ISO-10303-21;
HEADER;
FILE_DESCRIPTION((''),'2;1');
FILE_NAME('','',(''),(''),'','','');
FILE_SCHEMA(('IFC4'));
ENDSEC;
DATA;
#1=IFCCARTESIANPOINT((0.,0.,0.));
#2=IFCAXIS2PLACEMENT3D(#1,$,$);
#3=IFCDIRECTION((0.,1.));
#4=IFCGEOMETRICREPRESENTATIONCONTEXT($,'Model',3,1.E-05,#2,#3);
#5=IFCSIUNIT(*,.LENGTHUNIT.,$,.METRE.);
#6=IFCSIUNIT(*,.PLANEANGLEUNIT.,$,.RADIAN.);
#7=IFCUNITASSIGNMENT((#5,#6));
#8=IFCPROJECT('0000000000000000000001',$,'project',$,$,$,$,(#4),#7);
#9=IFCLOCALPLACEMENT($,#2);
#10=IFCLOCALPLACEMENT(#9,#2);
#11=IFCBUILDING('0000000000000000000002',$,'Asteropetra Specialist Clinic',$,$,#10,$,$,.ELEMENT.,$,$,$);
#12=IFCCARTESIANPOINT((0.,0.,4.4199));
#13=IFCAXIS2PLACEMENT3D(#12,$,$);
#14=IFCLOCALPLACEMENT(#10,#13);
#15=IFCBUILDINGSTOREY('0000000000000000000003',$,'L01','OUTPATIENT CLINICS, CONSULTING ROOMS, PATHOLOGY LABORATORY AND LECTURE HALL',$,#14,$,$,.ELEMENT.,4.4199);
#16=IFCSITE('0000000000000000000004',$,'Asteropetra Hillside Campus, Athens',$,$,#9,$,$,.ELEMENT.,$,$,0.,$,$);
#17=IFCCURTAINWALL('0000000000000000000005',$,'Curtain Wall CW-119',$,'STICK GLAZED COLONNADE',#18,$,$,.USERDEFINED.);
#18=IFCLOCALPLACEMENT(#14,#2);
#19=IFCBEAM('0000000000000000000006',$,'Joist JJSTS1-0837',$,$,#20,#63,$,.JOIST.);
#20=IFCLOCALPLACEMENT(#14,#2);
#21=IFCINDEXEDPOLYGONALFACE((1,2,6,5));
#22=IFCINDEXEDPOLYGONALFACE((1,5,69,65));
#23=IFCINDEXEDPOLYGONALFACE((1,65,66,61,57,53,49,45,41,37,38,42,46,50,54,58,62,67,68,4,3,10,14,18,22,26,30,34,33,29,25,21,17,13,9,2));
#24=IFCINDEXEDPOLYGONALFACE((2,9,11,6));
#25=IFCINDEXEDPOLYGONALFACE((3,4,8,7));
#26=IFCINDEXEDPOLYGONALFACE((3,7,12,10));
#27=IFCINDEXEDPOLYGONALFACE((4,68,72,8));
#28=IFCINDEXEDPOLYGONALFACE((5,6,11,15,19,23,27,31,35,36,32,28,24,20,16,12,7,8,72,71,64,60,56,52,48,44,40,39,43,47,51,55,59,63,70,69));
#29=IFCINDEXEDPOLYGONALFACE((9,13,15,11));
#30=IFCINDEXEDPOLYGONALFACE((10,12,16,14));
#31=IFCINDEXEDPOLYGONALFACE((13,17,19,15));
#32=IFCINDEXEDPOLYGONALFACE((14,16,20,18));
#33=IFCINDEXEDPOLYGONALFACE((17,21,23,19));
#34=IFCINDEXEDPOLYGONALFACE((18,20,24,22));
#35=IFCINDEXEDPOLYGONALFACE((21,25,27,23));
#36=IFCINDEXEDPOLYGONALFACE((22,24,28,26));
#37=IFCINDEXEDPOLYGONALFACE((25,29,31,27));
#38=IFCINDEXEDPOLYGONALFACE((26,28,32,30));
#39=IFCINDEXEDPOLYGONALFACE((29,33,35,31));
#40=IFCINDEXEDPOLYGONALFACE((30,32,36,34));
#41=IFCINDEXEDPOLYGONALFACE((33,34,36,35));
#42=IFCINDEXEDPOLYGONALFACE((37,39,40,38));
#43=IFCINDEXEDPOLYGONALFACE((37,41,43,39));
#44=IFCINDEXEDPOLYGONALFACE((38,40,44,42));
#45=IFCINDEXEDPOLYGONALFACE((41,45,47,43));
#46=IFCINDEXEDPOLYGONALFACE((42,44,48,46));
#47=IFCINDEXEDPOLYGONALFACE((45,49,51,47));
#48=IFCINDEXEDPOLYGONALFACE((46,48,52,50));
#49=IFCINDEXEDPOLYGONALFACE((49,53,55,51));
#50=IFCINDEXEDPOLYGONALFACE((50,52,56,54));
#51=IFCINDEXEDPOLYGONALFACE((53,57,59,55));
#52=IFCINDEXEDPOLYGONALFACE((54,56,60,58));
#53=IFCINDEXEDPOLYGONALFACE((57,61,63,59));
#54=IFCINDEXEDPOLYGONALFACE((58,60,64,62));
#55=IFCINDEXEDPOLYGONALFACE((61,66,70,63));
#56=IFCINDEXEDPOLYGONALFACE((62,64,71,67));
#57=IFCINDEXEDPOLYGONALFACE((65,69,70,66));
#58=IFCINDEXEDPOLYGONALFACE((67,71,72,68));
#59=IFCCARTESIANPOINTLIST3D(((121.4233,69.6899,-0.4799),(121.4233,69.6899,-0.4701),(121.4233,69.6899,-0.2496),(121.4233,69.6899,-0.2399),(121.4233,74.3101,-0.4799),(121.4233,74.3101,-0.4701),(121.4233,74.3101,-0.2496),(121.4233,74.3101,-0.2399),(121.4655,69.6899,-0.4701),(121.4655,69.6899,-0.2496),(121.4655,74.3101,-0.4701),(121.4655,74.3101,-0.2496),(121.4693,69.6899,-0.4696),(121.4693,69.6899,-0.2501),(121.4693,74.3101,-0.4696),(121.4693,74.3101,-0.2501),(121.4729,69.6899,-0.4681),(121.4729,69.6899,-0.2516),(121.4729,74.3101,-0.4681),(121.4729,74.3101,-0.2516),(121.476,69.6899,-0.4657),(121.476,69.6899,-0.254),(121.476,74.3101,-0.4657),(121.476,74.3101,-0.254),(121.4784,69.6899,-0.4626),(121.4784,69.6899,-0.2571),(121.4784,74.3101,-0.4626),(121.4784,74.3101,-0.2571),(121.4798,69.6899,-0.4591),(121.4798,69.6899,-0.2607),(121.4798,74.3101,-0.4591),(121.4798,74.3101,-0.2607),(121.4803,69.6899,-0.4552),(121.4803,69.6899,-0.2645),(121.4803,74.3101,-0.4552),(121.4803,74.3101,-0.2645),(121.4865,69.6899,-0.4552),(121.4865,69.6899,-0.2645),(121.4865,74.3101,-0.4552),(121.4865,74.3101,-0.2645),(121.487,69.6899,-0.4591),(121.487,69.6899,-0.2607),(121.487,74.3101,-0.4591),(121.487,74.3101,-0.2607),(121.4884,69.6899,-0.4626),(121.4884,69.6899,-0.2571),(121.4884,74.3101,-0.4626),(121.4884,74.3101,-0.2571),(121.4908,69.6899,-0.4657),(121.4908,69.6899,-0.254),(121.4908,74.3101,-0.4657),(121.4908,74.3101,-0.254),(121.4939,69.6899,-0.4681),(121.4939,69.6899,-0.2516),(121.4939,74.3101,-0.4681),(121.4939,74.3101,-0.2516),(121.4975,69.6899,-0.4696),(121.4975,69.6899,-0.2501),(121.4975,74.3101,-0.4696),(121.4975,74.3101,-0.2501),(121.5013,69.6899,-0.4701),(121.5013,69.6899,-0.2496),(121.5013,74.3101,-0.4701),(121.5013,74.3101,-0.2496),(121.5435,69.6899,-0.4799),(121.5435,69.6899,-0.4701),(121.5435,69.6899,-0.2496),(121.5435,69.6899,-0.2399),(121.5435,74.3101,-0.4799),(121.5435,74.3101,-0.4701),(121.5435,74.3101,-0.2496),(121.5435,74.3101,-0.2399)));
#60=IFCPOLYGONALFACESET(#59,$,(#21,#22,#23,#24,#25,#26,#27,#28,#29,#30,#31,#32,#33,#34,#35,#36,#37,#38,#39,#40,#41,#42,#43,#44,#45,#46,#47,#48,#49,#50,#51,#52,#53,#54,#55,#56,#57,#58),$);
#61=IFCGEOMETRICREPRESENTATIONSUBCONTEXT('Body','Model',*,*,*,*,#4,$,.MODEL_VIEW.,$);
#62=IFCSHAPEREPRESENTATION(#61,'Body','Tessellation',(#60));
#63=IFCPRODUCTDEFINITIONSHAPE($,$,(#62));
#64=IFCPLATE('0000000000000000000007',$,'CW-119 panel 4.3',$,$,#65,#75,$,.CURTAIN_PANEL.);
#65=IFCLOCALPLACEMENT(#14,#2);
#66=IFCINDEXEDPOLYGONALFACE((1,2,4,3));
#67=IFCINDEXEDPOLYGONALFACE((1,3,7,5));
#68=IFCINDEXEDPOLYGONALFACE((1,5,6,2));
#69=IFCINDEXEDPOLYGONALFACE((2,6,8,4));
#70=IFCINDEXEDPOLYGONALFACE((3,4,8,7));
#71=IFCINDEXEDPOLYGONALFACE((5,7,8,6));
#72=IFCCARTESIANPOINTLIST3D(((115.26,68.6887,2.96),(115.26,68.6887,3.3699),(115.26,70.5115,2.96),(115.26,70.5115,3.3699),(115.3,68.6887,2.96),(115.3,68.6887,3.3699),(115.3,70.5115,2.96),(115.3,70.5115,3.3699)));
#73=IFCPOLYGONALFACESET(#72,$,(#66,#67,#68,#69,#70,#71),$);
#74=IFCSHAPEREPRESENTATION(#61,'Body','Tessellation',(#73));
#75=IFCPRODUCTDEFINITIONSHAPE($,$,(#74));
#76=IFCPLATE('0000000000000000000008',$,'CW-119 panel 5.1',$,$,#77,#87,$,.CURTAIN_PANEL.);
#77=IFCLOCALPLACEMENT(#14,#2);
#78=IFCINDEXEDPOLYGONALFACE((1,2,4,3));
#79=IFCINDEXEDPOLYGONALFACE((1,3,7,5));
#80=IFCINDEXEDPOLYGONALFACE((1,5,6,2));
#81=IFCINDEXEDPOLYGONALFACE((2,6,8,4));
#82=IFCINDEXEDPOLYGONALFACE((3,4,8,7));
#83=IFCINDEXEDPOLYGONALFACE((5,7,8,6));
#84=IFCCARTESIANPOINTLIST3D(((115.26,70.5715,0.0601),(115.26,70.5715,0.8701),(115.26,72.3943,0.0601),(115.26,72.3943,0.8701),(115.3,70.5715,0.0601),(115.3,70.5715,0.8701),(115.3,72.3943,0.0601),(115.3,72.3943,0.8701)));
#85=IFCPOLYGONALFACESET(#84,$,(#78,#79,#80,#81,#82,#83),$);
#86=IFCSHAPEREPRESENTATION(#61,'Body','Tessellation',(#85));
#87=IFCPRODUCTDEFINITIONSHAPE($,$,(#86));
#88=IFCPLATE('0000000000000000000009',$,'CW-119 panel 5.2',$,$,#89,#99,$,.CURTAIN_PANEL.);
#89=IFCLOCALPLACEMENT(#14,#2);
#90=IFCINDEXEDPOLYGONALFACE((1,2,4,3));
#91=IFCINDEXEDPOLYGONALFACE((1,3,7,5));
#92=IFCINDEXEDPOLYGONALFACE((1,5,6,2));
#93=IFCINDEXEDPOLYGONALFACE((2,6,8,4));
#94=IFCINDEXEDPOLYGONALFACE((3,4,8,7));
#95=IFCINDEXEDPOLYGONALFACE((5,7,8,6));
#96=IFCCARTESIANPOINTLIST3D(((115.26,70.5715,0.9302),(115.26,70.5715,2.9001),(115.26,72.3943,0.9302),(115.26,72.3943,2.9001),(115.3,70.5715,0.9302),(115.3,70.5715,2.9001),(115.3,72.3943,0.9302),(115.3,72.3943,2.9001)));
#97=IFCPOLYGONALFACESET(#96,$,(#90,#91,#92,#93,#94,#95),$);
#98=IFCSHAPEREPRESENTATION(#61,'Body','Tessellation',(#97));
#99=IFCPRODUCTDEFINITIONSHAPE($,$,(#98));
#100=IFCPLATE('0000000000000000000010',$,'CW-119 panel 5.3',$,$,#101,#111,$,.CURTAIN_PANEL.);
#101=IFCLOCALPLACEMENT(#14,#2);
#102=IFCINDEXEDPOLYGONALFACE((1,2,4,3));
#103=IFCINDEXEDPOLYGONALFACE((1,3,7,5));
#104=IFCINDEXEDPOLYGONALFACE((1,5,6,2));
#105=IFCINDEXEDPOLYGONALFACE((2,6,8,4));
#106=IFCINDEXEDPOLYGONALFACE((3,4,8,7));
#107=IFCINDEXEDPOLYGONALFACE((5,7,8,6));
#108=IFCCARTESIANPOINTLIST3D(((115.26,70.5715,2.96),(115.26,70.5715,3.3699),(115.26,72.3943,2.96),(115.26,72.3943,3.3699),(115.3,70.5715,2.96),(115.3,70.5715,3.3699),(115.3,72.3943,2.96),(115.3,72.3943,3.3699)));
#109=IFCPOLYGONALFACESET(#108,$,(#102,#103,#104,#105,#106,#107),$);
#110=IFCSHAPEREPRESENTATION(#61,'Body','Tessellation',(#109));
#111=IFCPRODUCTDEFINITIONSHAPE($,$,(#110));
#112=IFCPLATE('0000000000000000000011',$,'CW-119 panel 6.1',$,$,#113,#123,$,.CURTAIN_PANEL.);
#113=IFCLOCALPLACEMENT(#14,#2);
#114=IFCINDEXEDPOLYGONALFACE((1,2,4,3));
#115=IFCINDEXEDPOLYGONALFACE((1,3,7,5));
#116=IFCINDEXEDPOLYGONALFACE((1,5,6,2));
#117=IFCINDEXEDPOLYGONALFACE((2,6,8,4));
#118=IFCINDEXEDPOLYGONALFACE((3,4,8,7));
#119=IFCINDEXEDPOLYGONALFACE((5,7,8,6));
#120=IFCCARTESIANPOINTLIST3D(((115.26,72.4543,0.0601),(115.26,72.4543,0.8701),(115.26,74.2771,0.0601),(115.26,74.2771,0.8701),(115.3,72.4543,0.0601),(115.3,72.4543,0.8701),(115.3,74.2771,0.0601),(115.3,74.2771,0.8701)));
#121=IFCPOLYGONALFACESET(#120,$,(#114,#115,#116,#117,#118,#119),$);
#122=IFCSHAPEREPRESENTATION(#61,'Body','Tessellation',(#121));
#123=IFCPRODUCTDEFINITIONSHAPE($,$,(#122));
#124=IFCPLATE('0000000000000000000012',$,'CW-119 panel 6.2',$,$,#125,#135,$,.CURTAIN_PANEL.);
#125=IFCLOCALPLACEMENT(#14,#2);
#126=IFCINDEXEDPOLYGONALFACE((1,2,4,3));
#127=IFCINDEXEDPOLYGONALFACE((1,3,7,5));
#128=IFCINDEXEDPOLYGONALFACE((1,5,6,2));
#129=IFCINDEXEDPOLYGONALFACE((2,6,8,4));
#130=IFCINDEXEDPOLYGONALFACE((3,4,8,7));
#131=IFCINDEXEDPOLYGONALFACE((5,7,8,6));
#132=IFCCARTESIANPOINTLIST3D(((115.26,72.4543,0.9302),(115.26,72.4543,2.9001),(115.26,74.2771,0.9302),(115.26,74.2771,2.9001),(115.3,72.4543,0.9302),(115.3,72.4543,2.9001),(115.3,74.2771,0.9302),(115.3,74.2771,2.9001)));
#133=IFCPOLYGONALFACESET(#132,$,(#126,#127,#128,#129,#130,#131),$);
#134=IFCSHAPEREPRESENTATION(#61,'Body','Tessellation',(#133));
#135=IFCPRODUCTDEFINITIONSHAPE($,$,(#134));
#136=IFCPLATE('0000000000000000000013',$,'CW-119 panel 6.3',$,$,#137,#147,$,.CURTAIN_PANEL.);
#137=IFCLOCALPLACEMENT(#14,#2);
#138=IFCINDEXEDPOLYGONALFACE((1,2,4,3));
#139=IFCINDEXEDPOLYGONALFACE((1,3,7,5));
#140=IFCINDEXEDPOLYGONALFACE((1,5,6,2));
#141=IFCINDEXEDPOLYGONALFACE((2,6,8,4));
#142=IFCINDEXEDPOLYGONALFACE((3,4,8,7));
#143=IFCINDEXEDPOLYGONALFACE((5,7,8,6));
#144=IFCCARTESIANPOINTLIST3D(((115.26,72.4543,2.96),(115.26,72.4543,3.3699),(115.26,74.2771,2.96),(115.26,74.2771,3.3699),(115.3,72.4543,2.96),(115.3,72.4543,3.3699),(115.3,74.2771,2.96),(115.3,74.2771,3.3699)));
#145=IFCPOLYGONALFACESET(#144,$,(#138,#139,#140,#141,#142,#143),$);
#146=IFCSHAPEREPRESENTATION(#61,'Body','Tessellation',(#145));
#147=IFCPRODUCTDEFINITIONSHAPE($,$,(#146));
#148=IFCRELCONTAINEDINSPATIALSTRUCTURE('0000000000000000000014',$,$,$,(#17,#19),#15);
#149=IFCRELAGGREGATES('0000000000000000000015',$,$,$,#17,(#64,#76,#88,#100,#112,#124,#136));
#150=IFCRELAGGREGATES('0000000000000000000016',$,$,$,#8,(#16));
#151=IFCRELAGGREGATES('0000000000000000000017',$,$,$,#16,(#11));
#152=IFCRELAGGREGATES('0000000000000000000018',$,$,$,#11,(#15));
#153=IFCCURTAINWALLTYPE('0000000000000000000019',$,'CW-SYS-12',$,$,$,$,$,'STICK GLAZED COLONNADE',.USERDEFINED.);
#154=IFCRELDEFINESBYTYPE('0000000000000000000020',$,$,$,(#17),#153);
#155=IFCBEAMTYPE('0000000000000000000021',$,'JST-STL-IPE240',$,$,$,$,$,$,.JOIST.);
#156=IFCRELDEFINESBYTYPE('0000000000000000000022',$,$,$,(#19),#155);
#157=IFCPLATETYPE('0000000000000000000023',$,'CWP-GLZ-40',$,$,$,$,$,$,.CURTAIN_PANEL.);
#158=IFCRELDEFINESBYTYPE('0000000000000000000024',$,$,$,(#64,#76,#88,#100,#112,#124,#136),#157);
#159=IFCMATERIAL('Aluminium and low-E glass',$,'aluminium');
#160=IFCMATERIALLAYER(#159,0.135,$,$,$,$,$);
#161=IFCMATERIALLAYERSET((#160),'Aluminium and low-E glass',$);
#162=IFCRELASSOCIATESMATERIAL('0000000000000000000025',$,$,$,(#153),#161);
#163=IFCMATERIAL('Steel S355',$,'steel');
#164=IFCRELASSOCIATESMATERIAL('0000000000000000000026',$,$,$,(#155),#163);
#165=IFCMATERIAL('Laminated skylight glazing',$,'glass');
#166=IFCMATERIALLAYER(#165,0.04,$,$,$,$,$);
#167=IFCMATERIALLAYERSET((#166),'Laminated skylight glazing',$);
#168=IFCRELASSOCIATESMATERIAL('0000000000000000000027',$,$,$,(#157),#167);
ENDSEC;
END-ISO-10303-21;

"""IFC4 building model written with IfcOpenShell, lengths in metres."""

from ifc_helpers import new_model, si_unit, direction, frame, origin, origin_2d, place, context, subcontext, project, spatial, rectangle, i_section, extrude, material, layer, layer_set, material_profile, profile_set, type_object, element, aggregate, save


model = new_model("IFC4")

# Units and contexts
model_context = context("Model", 3, precision=1e-05, world=origin(), true_north=direction((0.0, 1.0)))
body_context = subcontext(model_context, "Body", "Model", "MODEL_VIEW")
ifc_project = project(units=[si_unit("LENGTHUNIT", "METRE"), si_unit("PLANEANGLEUNIT", "RADIAN")], contexts=[model_context])

# Site, building, storey
site_placement = place(None, origin())
site = spatial("IfcSite", under=ifc_project, at=site_placement, Name="Asteropetra Hillside Campus, Athens", CompositionType="ELEMENT", RefElevation=0.0)
building_placement = place(site_placement, origin())
building = spatial("IfcBuilding", under=site, at=building_placement, Name="Asteropetra Specialist Clinic", CompositionType="ELEMENT")
storey_placement = place(building_placement, frame((0.0, 0.0, 4.4199)))
storey = spatial("IfcBuildingStorey", under=building, at=storey_placement, Name="L01", Description="OUTPATIENT CLINICS, CONSULTING ROOMS, PATHOLOGY LABORATORY AND LECTURE HALL", CompositionType="ELEMENT", Elevation=4.4199)

# Curtain wall
ifc_material_1 = material(Name="Aluminium and low-E glass", Category="aluminium")
ifc_layer_1 = layer(ifc_material_1, 0.135)
ifc_layer_set_1 = layer_set([ifc_layer_1], Name="Aluminium and low-E glass")
curtain_wall_type = type_object("IfcCurtainWallType", Name="CW-SYS-12", ElementType="STICK GLAZED COLONNADE", PredefinedType="USERDEFINED", material=ifc_layer_set_1)
curtain_wall_placement = place(storey_placement, origin())
curtain_wall = element("IfcCurtainWall", 1, at=curtain_wall_placement, inside=storey, type_object=curtain_wall_type, Name="Curtain Wall CW-119", ObjectType="STICK GLAZED COLONNADE", PredefinedType="USERDEFINED")

# Beam
ifc_material_2 = material(Name="Steel S355", Category="steel")
ifc_material_profile_1 = material_profile(ifc_material_2, i_section(OverallWidth=0.1201, OverallDepth=0.24, WebThickness=0.0061, FlangeThickness=0.0098, FilletRadius=0.0149, at=origin_2d()), Name="IPE 240")
ifc_profile_set_1 = profile_set([ifc_material_profile_1], Name="Steel S355")
beam_type_1 = type_object("IfcBeamType", Name="JST-STL-IPE240", PredefinedType="JOIST", material=ifc_profile_set_1)
for number, where, z_axis, x_axis, name in (
    (2, (121.4834, 69.6899, -0.3599), (0.0, 1.0, 0.0), (-1.0, 0.0, 0.0), "Joist JJSTS1-0837"),
):
    element("IfcBeam", number, at=place(storey_placement, frame(where, z_axis=z_axis, x_axis=x_axis)), inside=storey, type_object=beam_type_1, Name=name, PredefinedType="JOIST", context=body_context, shape_type="SweptSolid", body=[
        extrude(i_section(OverallWidth=0.1201, OverallDepth=0.24, WebThickness=0.0061, FlangeThickness=0.0098, FilletRadius=0.0149, at=origin_2d()), origin(), (0.0, 0.0, 1.0), 4.6201),
    ])

# Plates
ifc_material_3 = material(Name="Laminated skylight glazing", Category="glass")
ifc_layer_2 = layer(ifc_material_3, 0.04)
ifc_layer_set_2 = layer_set([ifc_layer_2], Name="Laminated skylight glazing")
plate_type = type_object("IfcPlateType", Name="CWP-GLZ-40", PredefinedType="CURTAIN_PANEL", material=ifc_layer_set_2)
plate_1_placement = place(storey_placement, frame((115.28, 69.6001, 2.96), z_axis=(0.0, 0.0, 1.0), x_axis=(0.0, 1.0, 0.0)))
plate_1 = element("IfcPlate", 3, at=plate_1_placement, type_object=plate_type, Name="CW-119 panel 4.3", PredefinedType="CURTAIN_PANEL", context=body_context, shape_type="SweptSolid", body=[
    extrude(rectangle(XDim=1.8228, YDim=0.04, at=origin_2d()), origin(), (0.0, 0.0, 1.0), 0.4099),
])
plate_2_placement = place(storey_placement, frame((115.28, 71.4829, 0.0601), z_axis=(0.0, 0.0, 1.0), x_axis=(0.0, 1.0, 0.0)))
plate_2 = element("IfcPlate", 4, at=plate_2_placement, type_object=plate_type, Name="CW-119 panel 5.1", PredefinedType="CURTAIN_PANEL", context=body_context, shape_type="SweptSolid", body=[
    extrude(rectangle(XDim=1.8228, YDim=0.04, at=origin_2d()), origin(), (0.0, 0.0, 1.0), 0.8101),
])
plate_3_placement = place(storey_placement, frame((115.28, 71.4829, 0.9302), z_axis=(0.0, 0.0, 1.0), x_axis=(0.0, 1.0, 0.0)))
plate_3 = element("IfcPlate", 5, at=plate_3_placement, type_object=plate_type, Name="CW-119 panel 5.2", PredefinedType="CURTAIN_PANEL", context=body_context, shape_type="SweptSolid", body=[
    extrude(rectangle(XDim=1.8228, YDim=0.04, at=origin_2d()), origin(), (0.0, 0.0, 1.0), 1.97),
])
plate_4_placement = place(storey_placement, frame((115.28, 71.4829, 2.96), z_axis=(0.0, 0.0, 1.0), x_axis=(0.0, 1.0, 0.0)))
plate_4 = element("IfcPlate", 6, at=plate_4_placement, type_object=plate_type, Name="CW-119 panel 5.3", PredefinedType="CURTAIN_PANEL", context=body_context, shape_type="SweptSolid", body=[
    extrude(rectangle(XDim=1.8228, YDim=0.04, at=origin_2d()), origin(), (0.0, 0.0, 1.0), 0.4099),
])
plate_5_placement = place(storey_placement, frame((115.28, 73.3657, 0.0601), z_axis=(0.0, 0.0, 1.0), x_axis=(0.0, 1.0, 0.0)))
plate_5 = element("IfcPlate", 7, at=plate_5_placement, type_object=plate_type, Name="CW-119 panel 6.1", PredefinedType="CURTAIN_PANEL", context=body_context, shape_type="SweptSolid", body=[
    extrude(rectangle(XDim=1.8228, YDim=0.04, at=origin_2d()), origin(), (0.0, 0.0, 1.0), 0.8101),
])
plate_6_placement = place(storey_placement, frame((115.28, 73.3657, 0.9302), z_axis=(0.0, 0.0, 1.0), x_axis=(0.0, 1.0, 0.0)))
plate_6 = element("IfcPlate", 8, at=plate_6_placement, type_object=plate_type, Name="CW-119 panel 6.2", PredefinedType="CURTAIN_PANEL", context=body_context, shape_type="SweptSolid", body=[
    extrude(rectangle(XDim=1.8228, YDim=0.04, at=origin_2d()), origin(), (0.0, 0.0, 1.0), 1.97),
])
plate_7_placement = place(storey_placement, frame((115.28, 73.3657, 2.96), z_axis=(0.0, 0.0, 1.0), x_axis=(0.0, 1.0, 0.0)))
plate_7 = element("IfcPlate", 9, at=plate_7_placement, type_object=plate_type, Name="CW-119 panel 6.3", PredefinedType="CURTAIN_PANEL", context=body_context, shape_type="SweptSolid", body=[
    extrude(rectangle(XDim=1.8228, YDim=0.04, at=origin_2d()), origin(), (0.0, 0.0, 1.0), 0.4099),
])
aggregate(curtain_wall, [plate_1, plate_2, plate_3, plate_4, plate_5, plate_6, plate_7])

save(model, "model.ifc")
